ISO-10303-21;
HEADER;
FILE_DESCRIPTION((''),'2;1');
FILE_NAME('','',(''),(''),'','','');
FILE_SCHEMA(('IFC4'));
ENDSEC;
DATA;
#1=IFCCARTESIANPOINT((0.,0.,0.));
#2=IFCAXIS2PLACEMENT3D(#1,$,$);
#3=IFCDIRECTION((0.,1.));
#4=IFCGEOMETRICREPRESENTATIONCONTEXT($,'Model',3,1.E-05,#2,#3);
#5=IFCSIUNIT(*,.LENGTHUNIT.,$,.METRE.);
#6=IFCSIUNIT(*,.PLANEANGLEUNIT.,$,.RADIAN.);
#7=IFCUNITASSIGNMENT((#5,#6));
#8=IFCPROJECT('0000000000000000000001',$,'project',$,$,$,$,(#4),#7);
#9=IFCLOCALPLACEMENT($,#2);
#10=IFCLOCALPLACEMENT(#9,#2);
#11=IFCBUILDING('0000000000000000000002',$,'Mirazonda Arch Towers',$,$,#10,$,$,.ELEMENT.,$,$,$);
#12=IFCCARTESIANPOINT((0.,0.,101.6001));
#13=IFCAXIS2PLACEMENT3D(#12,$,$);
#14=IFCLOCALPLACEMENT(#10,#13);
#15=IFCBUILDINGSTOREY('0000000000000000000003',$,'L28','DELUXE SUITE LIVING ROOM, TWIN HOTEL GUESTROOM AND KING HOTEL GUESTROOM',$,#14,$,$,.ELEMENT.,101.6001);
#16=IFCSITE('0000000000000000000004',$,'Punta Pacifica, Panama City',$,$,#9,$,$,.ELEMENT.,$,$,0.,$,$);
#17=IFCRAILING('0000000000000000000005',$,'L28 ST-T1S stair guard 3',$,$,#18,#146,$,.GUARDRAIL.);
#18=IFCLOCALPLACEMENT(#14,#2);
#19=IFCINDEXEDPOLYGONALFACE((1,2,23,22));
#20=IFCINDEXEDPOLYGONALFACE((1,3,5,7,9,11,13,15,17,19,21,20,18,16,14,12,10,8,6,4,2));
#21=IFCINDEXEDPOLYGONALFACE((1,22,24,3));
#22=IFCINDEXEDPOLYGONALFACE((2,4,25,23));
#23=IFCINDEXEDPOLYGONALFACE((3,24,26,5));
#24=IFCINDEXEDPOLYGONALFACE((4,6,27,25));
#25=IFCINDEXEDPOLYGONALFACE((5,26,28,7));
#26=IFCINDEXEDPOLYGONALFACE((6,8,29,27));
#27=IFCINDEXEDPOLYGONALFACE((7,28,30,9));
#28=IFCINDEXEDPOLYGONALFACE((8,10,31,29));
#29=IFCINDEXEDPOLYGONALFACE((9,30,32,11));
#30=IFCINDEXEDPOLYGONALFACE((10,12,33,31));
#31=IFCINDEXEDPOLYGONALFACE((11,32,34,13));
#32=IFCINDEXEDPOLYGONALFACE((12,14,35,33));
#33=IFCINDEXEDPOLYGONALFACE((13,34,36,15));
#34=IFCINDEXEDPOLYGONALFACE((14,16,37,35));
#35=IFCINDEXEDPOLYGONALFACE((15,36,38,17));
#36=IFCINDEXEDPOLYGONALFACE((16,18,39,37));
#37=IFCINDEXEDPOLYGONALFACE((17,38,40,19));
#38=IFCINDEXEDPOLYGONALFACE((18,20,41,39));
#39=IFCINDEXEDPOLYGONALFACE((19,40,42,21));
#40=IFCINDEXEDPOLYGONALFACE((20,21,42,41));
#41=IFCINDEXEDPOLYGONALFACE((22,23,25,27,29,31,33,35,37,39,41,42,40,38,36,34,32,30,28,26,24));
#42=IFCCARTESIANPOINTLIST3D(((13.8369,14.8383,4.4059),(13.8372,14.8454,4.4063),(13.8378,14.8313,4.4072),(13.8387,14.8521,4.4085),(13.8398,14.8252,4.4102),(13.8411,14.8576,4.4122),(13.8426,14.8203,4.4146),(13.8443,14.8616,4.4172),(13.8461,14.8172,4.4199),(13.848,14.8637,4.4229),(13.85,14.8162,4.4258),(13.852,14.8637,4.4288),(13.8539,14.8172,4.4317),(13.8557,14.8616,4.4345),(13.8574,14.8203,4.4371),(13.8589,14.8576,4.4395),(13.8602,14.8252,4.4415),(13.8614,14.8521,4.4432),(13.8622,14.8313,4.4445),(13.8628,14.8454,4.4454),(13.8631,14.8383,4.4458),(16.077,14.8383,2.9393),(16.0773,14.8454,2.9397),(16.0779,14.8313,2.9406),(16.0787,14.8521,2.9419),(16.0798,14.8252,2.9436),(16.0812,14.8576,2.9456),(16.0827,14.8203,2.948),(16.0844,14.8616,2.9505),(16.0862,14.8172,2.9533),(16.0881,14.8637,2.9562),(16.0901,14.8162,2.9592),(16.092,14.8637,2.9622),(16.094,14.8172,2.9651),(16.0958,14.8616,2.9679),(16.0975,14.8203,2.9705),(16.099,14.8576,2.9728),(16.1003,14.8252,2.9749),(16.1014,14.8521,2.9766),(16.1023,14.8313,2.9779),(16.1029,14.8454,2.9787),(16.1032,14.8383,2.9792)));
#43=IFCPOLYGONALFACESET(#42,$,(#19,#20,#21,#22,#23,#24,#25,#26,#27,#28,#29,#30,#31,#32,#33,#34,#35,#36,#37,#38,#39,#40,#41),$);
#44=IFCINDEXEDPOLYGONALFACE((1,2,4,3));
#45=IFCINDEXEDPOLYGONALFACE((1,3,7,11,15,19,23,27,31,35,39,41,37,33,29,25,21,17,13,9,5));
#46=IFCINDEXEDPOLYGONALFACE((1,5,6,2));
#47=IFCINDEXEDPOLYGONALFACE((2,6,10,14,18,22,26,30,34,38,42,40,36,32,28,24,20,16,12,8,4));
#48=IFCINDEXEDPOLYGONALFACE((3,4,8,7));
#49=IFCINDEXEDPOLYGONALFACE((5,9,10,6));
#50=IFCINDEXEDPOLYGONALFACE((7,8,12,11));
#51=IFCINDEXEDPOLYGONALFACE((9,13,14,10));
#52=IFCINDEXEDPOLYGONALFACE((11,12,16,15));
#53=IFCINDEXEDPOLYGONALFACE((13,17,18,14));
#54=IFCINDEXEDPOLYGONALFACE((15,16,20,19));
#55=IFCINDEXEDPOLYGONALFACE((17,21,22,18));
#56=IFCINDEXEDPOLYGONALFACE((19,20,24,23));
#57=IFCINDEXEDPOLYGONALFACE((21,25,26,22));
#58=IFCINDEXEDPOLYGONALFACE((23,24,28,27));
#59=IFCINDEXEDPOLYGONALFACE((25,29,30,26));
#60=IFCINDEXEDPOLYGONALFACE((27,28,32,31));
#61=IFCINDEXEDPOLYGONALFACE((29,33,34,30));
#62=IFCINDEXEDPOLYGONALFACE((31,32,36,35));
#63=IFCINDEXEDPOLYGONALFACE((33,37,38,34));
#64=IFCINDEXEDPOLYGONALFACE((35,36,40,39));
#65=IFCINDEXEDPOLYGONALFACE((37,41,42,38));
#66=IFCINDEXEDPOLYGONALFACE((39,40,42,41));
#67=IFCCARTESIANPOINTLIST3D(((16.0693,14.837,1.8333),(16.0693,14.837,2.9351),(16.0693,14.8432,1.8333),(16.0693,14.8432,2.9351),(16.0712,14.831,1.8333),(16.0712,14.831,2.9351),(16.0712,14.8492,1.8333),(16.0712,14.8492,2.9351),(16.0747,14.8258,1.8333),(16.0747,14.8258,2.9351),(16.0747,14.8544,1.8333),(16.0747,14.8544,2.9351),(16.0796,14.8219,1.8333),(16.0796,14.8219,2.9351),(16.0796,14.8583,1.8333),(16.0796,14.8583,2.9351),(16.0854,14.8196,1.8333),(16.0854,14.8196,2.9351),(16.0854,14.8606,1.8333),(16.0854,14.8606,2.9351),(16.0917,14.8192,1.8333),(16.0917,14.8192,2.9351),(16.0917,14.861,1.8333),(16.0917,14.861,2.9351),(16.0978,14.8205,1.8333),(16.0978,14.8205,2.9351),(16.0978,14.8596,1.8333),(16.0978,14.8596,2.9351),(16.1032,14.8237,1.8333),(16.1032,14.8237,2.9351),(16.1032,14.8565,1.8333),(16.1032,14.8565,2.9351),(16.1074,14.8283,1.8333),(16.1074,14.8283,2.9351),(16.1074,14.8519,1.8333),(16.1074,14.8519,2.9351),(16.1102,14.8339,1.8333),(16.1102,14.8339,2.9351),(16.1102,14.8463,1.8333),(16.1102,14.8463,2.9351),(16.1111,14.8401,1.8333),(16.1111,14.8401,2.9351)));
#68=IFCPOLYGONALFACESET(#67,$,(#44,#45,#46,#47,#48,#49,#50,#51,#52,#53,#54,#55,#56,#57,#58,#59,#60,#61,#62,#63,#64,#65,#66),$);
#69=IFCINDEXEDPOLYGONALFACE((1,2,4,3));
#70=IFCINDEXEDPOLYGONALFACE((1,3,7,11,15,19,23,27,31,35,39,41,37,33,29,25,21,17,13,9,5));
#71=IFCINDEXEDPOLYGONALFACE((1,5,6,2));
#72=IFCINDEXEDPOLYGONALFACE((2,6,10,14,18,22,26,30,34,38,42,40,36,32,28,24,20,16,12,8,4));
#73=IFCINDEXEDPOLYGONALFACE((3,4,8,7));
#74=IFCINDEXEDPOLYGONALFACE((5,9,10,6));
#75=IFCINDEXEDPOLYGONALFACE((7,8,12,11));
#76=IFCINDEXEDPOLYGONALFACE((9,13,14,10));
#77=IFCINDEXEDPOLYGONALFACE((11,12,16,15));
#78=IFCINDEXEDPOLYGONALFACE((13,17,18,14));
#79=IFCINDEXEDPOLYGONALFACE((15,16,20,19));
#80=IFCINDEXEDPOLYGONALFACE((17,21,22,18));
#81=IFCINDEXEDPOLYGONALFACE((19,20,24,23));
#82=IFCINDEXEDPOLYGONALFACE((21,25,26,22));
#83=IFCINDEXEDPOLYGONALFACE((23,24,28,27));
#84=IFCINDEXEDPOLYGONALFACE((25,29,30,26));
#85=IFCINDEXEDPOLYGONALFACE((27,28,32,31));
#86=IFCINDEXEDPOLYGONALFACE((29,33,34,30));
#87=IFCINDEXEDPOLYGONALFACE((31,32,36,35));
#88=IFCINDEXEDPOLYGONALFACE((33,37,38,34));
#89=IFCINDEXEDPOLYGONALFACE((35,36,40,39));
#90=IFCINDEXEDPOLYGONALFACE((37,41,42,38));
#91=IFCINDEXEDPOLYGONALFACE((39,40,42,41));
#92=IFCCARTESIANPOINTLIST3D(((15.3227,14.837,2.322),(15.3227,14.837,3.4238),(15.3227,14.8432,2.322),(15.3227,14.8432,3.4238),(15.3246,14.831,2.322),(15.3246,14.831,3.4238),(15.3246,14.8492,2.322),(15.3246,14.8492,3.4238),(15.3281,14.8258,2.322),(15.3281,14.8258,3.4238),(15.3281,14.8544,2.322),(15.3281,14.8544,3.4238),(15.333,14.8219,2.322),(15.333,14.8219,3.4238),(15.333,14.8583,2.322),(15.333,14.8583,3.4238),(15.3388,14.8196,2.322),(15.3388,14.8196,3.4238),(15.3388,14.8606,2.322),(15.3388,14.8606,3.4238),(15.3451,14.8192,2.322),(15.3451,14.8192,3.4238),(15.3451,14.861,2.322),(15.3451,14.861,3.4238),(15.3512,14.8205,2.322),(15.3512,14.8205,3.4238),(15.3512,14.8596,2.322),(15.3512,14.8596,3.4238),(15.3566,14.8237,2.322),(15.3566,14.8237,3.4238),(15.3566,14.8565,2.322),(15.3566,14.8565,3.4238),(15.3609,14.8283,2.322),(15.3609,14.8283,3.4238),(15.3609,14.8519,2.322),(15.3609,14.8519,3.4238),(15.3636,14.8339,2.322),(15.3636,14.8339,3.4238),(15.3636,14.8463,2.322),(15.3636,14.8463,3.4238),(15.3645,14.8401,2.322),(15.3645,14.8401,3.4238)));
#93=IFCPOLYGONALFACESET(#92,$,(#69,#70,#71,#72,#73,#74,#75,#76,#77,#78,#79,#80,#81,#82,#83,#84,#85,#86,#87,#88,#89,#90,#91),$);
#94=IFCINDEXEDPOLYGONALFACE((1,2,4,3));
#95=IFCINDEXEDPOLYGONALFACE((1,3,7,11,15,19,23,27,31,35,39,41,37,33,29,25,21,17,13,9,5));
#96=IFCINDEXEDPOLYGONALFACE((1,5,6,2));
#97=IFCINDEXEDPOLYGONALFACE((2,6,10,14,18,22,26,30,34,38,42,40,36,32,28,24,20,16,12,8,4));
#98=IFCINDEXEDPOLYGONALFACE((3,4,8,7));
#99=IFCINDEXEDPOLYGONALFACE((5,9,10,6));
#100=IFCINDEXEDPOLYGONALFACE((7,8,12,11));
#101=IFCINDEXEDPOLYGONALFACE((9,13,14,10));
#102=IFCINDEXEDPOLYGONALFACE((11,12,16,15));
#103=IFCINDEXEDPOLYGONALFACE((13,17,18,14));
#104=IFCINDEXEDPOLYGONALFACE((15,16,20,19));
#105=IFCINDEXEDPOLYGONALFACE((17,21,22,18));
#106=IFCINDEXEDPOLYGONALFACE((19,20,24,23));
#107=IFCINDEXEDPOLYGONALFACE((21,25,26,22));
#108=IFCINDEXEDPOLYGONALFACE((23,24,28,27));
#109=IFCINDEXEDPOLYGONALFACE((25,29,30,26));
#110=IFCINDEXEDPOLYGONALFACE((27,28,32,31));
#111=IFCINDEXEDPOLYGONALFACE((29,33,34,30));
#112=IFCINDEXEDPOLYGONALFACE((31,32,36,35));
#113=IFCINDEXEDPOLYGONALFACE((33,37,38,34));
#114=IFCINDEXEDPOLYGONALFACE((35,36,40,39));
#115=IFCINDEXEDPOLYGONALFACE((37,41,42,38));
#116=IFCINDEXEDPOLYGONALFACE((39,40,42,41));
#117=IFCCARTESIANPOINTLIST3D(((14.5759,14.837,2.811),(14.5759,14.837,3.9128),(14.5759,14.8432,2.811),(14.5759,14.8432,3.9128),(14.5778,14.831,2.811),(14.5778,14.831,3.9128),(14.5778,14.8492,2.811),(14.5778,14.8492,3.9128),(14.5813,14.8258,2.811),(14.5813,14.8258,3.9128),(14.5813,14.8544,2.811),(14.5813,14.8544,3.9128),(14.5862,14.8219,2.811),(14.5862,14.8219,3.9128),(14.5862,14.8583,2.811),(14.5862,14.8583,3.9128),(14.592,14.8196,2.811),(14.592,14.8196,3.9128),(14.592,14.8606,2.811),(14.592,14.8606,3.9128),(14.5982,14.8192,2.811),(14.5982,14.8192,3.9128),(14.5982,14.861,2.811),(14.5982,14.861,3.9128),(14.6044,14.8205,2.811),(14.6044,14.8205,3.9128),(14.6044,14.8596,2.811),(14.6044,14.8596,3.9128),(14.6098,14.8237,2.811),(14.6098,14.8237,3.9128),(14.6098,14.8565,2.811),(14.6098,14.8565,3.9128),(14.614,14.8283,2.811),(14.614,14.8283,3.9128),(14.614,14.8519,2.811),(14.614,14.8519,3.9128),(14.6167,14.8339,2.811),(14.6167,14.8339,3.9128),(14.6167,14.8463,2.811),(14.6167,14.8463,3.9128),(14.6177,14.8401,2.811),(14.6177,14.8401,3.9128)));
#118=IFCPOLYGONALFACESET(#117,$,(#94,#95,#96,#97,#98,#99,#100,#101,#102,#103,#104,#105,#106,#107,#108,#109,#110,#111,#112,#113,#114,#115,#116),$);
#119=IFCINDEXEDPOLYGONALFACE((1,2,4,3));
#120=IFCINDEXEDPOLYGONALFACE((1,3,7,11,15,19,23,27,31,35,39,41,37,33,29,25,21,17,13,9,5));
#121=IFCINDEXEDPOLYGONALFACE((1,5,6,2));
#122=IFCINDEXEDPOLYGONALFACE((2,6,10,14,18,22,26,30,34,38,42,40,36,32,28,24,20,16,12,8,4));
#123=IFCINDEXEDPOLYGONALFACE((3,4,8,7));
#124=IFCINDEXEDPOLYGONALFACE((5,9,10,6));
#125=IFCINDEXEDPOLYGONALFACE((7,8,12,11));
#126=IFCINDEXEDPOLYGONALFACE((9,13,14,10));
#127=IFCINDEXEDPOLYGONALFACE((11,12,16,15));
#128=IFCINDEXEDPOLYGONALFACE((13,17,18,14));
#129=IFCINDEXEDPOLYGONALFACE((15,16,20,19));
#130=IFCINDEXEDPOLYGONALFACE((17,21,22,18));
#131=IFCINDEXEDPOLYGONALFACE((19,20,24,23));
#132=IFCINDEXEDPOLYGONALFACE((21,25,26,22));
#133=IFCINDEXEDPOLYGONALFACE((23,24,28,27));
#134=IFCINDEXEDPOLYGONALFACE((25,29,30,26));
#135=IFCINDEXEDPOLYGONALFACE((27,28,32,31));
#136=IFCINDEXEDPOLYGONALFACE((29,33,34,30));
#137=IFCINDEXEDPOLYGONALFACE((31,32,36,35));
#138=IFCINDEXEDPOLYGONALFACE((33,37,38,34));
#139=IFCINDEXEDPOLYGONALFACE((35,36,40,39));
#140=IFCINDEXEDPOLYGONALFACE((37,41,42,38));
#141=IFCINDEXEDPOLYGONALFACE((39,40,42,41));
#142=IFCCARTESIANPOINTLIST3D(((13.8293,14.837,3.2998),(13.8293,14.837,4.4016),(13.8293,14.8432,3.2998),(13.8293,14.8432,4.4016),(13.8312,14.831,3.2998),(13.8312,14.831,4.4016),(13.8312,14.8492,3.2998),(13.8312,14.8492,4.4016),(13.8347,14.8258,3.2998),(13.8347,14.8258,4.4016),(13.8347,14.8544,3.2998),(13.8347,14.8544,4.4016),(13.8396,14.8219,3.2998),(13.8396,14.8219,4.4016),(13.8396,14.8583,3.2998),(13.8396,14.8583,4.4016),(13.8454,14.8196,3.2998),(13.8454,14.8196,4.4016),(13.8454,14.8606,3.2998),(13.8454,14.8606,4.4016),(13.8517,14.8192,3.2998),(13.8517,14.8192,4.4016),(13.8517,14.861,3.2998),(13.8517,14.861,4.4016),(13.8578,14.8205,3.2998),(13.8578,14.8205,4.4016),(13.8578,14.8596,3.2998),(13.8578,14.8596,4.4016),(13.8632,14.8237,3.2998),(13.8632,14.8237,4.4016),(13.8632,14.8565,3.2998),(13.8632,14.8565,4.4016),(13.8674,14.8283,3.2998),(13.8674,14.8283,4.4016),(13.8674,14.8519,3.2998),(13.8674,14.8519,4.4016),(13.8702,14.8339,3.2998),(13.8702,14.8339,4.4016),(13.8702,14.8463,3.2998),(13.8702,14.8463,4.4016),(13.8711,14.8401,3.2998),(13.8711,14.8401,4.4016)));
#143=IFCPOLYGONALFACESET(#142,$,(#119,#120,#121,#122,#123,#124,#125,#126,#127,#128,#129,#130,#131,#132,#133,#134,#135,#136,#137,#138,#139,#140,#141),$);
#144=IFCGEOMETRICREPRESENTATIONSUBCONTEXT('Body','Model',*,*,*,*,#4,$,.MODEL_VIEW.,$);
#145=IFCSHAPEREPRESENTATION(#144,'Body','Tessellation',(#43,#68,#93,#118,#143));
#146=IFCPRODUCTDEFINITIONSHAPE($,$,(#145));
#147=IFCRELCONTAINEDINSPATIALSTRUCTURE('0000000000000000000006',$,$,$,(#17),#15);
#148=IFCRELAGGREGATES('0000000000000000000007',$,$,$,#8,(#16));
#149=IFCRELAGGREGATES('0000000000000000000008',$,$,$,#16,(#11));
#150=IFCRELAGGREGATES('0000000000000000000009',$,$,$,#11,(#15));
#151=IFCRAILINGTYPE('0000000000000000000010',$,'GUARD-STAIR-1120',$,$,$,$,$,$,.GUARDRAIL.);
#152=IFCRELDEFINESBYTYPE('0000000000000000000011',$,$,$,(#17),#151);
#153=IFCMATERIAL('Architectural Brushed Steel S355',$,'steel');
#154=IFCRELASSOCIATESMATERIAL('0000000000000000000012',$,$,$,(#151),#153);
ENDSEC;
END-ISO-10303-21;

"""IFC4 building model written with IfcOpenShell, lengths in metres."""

from ifc_helpers import new_model, si_unit, direction, frame, origin, origin_2d, place, context, subcontext, project, spatial, circle, extrude, material, type_object, element, save


model = new_model("IFC4")

# Units and contexts
model_context = context("Model", 3, precision=1e-05, world=origin(), true_north=direction((0.0, 1.0)))
body_context = subcontext(model_context, "Body", "Model", "MODEL_VIEW")
ifc_project = project(units=[si_unit("LENGTHUNIT", "METRE"), si_unit("PLANEANGLEUNIT", "RADIAN")], contexts=[model_context])

# Site, building, storey
site_placement = place(None, origin())
site = spatial("IfcSite", under=ifc_project, at=site_placement, Name="Punta Pacifica, Panama City", CompositionType="ELEMENT", RefElevation=0.0)
building_placement = place(site_placement, origin())
building = spatial("IfcBuilding", under=site, at=building_placement, Name="Mirazonda Arch Towers", CompositionType="ELEMENT")
storey_placement = place(building_placement, frame((0.0, 0.0, 101.6001)))
storey = spatial("IfcBuildingStorey", under=building, at=storey_placement, Name="L28", Description="DELUXE SUITE LIVING ROOM, TWIN HOTEL GUESTROOM AND KING HOTEL GUESTROOM", CompositionType="ELEMENT", Elevation=101.6001)

# Shared definitions
ifc_material_1 = material(Name="Architectural Brushed Steel S355", Category="steel")

# Railing
railing_type_1 = type_object("IfcRailingType", Name="GUARD-STAIR-1120", PredefinedType="GUARDRAIL", material=ifc_material_1)
railing_1_placement = place(storey_placement, frame((16.0901, 14.8401, 1.8333)))
element("IfcRailing", 1, at=railing_1_placement, inside=storey, type_object=railing_type_1, Name="L28 ST-T1S stair guard 3", PredefinedType="GUARDRAIL", context=body_context, shape_type="SweptSolid", body=[
    extrude(circle(Radius=0.0239, at=origin_2d()), frame((0.0, 0.0, 1.126), z_axis=(-0.836637, 0.0, 0.547758), x_axis=(0.0, -1.0, 0.0)), (0.0, 0.0, 1.0), 2.6775),
    extrude(circle(Radius=0.021, at=origin_2d()), origin(), (0.0, 0.0, 1.0), 1.1018),
    extrude(circle(Radius=0.021, at=origin_2d()), frame((-0.7466, 0.0, 0.4888)), (0.0, 0.0, 1.0), 1.1018),
    extrude(circle(Radius=0.021, at=origin_2d()), frame((-1.4934, 0.0, 0.9778)), (0.0, 0.0, 1.0), 1.1018),
    extrude(circle(Radius=0.021, at=origin_2d()), frame((-2.24, 0.0, 1.4666)), (0.0, 0.0, 1.0), 1.1018),
])

save(model, "model.ifc")
